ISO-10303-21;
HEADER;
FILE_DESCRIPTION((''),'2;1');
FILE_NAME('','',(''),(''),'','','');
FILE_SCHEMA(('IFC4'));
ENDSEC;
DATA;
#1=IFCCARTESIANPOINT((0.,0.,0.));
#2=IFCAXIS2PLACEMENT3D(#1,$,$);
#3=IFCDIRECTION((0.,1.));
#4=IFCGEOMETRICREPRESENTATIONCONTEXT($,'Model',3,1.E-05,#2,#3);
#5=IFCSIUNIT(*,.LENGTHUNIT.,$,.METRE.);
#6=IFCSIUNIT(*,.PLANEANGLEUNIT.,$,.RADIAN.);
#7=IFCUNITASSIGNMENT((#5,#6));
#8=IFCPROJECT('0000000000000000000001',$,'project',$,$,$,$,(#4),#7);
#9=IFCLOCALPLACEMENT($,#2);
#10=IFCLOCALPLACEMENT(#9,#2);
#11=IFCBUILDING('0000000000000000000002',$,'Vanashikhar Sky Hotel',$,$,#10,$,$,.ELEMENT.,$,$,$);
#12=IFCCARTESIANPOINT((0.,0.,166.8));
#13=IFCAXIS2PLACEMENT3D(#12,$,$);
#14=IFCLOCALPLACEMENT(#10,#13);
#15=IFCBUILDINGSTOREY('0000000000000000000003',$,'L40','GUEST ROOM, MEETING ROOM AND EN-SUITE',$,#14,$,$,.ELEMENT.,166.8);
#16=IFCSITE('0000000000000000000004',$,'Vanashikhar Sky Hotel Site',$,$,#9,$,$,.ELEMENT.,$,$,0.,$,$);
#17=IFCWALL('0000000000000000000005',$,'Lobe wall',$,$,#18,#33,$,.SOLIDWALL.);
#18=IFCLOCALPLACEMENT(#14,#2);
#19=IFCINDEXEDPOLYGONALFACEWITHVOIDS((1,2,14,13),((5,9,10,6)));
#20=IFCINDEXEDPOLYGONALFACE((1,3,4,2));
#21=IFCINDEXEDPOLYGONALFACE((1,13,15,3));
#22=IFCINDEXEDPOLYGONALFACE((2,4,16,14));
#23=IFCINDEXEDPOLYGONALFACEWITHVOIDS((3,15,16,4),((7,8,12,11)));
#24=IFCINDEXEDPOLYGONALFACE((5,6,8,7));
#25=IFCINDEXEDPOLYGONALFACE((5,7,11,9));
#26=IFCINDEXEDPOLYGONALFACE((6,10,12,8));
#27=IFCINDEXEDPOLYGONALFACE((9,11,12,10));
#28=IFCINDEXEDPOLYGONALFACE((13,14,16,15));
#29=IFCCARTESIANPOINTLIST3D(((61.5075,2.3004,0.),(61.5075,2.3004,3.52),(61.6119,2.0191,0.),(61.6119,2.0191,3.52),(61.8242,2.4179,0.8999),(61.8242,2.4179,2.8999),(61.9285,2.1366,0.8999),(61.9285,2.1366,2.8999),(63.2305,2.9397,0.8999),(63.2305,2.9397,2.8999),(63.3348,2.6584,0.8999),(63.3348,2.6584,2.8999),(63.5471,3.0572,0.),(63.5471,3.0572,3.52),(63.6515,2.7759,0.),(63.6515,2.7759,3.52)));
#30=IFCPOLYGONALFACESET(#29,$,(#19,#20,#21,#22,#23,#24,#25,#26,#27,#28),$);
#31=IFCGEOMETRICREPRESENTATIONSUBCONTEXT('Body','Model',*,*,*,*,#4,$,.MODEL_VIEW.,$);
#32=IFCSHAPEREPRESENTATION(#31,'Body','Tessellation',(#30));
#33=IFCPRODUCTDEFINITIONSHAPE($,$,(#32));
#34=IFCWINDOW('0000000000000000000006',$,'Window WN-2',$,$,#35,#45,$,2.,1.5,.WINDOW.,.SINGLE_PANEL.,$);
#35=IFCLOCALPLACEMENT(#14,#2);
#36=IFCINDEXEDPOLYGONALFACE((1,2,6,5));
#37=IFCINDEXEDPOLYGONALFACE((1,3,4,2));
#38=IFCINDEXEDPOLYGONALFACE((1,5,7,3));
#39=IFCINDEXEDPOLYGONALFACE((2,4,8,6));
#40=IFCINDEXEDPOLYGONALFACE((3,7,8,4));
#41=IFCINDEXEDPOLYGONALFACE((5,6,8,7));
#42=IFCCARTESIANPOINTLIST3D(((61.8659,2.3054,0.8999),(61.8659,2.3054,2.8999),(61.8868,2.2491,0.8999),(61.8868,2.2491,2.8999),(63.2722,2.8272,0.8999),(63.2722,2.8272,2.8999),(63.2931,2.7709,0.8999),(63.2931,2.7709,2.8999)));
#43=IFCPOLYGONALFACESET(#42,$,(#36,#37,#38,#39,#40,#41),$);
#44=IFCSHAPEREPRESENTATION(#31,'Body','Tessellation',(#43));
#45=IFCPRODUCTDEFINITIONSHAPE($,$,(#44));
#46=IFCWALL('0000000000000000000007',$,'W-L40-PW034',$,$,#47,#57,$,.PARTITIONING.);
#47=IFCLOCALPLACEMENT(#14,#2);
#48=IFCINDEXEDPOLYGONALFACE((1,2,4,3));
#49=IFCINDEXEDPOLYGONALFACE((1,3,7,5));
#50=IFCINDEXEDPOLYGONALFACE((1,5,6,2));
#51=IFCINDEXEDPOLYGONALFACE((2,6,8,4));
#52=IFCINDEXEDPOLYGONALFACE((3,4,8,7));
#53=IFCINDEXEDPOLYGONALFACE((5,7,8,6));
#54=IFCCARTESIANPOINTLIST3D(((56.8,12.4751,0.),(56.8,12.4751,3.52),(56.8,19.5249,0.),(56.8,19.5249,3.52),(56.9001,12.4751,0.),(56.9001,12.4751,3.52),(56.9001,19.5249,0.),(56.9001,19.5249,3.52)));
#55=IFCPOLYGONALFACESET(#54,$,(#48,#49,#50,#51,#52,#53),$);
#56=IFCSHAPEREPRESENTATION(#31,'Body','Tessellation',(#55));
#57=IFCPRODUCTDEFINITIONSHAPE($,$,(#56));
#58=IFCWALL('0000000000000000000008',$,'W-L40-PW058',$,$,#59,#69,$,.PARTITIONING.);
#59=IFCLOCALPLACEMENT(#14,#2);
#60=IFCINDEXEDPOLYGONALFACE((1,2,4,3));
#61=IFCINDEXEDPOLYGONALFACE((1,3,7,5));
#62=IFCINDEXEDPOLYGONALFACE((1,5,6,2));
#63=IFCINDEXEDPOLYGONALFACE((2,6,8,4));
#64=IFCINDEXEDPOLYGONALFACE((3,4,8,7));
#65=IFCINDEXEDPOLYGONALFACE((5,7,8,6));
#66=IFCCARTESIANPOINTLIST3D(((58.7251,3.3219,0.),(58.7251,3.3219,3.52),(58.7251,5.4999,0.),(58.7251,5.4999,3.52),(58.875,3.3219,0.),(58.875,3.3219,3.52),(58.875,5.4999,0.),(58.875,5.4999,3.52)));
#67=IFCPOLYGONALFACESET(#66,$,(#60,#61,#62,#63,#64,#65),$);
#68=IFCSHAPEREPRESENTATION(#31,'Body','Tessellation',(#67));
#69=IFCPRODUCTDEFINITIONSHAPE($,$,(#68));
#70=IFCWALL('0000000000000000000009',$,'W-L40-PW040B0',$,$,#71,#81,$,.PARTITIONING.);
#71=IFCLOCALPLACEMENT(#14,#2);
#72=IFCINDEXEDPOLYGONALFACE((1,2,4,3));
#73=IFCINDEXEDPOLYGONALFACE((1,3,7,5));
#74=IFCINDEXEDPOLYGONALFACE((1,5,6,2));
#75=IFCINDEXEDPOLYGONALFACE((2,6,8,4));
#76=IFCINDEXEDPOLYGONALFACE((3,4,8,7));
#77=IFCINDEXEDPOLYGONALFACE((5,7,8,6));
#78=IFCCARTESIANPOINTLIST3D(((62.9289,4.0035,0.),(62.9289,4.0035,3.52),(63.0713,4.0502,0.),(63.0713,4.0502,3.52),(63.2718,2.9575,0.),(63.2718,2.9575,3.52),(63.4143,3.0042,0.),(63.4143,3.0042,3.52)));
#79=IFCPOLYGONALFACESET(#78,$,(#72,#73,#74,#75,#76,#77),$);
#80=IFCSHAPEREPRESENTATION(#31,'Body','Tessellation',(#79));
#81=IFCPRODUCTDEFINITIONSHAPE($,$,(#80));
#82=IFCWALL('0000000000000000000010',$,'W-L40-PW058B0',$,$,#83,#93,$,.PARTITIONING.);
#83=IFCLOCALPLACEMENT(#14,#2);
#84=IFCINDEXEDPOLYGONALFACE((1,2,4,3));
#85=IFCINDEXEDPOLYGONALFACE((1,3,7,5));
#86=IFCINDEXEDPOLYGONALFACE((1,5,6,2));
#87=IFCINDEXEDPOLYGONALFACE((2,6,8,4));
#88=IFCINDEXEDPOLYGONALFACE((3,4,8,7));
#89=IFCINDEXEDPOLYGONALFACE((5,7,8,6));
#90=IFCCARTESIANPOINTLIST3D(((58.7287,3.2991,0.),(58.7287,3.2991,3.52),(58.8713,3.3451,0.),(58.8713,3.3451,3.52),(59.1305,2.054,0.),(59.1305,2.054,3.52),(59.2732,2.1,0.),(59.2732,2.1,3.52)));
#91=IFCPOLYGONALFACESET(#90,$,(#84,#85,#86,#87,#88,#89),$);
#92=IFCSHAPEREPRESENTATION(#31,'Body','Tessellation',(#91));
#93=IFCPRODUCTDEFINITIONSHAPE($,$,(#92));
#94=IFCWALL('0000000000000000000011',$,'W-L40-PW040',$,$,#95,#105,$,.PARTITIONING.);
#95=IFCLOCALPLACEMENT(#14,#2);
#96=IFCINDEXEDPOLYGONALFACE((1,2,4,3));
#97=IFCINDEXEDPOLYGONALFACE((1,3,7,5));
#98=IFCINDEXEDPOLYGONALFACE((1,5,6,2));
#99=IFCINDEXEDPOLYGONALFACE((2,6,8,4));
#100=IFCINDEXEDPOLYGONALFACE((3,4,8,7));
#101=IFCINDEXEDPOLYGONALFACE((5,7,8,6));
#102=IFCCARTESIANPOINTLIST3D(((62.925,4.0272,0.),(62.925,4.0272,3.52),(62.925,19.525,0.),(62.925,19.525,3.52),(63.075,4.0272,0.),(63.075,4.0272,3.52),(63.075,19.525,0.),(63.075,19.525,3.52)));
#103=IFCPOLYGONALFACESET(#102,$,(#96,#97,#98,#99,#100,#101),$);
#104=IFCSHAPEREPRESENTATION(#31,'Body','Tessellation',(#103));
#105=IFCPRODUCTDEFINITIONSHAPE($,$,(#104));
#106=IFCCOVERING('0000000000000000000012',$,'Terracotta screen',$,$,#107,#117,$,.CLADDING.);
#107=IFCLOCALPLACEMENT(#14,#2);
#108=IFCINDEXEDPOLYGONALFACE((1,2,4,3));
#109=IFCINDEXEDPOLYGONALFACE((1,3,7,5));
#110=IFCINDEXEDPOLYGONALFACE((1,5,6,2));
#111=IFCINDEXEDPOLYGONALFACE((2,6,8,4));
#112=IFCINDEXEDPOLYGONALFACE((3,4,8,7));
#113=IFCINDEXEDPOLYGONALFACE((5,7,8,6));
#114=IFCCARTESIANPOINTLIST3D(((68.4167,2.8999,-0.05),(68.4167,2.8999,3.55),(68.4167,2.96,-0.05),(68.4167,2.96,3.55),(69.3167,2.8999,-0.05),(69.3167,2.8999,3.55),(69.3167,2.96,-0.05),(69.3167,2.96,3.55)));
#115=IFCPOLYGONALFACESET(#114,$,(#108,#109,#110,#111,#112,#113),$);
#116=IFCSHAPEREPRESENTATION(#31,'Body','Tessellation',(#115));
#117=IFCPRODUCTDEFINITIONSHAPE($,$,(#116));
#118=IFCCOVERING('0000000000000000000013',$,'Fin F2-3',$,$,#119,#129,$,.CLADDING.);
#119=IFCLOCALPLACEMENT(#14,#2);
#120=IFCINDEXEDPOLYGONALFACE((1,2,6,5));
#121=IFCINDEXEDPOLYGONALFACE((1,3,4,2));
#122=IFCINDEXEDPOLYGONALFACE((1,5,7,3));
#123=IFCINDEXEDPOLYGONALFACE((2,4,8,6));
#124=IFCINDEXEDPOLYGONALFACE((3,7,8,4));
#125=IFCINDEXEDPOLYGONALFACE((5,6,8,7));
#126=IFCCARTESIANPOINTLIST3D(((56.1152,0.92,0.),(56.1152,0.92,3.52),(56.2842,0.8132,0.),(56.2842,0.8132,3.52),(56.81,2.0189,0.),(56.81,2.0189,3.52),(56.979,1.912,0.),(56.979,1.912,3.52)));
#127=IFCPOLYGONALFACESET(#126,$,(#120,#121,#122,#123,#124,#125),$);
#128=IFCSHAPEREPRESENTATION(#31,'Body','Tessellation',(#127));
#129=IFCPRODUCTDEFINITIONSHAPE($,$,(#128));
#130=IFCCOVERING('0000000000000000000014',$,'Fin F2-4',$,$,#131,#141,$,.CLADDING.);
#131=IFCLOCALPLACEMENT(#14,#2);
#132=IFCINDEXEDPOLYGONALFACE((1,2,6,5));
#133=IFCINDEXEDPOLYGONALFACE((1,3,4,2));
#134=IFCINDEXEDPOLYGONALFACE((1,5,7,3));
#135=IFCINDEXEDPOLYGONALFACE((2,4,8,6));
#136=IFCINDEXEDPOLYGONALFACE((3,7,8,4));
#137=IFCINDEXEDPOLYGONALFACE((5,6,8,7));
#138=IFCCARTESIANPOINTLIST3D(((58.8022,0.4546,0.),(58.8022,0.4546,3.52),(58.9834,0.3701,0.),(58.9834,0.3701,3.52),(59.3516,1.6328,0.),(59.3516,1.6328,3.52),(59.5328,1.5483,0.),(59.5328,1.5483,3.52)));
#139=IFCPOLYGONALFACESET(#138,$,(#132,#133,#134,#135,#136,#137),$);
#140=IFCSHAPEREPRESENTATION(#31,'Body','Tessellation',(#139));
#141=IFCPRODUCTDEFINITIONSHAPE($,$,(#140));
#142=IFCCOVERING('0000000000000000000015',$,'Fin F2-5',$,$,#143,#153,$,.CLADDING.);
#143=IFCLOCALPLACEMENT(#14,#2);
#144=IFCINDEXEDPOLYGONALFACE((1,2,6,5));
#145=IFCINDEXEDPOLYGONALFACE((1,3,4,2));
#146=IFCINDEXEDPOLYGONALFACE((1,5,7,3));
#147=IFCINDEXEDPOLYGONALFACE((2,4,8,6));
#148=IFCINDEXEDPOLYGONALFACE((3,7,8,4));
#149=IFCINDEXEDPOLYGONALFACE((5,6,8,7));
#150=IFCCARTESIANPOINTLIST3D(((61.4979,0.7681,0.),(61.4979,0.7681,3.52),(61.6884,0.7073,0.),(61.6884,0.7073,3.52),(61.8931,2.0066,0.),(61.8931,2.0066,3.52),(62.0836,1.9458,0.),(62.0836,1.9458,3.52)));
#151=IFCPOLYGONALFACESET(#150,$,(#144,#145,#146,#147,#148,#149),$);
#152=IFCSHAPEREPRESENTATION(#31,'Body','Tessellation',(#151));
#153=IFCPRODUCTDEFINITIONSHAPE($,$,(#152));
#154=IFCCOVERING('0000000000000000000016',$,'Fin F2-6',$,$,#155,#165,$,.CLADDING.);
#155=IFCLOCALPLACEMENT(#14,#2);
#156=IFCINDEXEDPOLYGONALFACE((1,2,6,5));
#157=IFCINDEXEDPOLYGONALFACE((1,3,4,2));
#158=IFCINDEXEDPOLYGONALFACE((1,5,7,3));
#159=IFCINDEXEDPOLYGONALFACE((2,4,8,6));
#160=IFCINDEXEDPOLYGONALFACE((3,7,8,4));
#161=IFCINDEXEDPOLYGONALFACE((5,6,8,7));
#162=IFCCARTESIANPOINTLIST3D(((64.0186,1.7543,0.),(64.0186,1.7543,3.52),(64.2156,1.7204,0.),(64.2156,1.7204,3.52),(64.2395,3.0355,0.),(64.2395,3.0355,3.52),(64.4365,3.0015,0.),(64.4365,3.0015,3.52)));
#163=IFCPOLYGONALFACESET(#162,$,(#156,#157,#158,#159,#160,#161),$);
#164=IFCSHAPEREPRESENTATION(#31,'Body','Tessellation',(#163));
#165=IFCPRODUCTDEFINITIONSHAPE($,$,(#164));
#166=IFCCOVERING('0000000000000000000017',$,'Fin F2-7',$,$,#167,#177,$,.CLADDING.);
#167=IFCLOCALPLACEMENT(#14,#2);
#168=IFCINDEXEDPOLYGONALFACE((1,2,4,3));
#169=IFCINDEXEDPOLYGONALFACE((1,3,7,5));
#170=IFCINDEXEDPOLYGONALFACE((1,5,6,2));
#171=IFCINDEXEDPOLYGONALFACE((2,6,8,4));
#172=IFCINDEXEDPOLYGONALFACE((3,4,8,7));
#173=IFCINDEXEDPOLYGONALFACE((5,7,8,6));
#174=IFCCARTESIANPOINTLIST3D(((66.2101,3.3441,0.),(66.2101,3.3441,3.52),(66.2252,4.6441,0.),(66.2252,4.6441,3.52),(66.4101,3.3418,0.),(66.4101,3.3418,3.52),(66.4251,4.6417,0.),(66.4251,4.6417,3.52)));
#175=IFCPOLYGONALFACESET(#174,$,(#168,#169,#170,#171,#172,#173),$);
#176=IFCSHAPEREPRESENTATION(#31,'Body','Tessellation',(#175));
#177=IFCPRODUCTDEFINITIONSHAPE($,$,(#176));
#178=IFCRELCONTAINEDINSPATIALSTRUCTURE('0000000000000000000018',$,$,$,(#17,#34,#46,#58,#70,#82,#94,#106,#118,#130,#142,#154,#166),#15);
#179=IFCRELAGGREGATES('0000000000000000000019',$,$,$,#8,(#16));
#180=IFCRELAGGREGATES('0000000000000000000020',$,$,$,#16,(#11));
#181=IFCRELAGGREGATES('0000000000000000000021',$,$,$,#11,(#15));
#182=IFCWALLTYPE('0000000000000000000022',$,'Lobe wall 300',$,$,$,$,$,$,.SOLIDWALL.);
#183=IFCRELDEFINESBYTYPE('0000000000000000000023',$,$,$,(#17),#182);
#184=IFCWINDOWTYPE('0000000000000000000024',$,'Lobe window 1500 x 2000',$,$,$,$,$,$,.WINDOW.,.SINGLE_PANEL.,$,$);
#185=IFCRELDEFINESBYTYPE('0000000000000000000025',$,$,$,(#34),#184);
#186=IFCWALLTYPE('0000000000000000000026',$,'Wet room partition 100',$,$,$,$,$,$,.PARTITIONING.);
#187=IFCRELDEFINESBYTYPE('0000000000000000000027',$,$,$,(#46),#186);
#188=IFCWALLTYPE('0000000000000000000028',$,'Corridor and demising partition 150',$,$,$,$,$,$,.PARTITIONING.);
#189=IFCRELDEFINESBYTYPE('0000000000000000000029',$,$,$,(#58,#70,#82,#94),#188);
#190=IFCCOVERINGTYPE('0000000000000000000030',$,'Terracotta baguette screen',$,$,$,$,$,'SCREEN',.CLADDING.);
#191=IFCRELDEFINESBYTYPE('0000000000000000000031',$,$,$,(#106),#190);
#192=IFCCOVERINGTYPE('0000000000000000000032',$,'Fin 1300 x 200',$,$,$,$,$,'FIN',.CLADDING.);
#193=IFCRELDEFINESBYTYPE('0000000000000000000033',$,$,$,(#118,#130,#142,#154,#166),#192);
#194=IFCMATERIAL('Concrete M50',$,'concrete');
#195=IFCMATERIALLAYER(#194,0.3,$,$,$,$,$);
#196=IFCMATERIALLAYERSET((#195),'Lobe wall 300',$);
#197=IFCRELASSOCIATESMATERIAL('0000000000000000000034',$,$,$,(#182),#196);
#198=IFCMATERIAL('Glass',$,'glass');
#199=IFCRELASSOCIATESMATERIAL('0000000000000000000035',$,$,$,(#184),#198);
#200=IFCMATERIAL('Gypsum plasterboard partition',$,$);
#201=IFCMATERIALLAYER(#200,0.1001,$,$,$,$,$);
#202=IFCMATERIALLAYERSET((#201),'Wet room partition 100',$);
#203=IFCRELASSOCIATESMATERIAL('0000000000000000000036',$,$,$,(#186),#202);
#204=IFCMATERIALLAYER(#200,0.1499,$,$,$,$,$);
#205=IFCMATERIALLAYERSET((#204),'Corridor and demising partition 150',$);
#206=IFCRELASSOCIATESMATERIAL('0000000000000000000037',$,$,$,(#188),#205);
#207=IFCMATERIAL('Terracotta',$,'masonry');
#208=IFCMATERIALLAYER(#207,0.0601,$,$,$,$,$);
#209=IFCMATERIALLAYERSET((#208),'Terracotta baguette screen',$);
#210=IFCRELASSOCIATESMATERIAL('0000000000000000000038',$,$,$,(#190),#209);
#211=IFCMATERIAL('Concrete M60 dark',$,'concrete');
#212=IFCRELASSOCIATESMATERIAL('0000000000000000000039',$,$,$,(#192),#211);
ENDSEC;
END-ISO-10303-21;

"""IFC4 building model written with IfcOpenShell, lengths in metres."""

from ifc_helpers import new_model, si_unit, direction, frame, frame_2d, origin, origin_2d, place, context, subcontext, project, spatial, rectangle, extrude, source, transform, mapped, material, layer, layer_set, material_profile, profile_set, type_object, element, fill, save


model = new_model("IFC4")

# Units and contexts
model_context = context("Model", 3, precision=1e-05, world=origin(), true_north=direction((0.0, 1.0)))
body_context = subcontext(model_context, "Body", "Model", "MODEL_VIEW")
ifc_project = project(units=[si_unit("LENGTHUNIT", "METRE"), si_unit("PLANEANGLEUNIT", "RADIAN")], contexts=[model_context])

# Site, building, storey
site_placement = place(None, origin())
site = spatial("IfcSite", under=ifc_project, at=site_placement, Name="Vanashikhar Sky Hotel Site", CompositionType="ELEMENT", RefElevation=0.0)
building_placement = place(site_placement, origin())
building = spatial("IfcBuilding", under=site, at=building_placement, Name="Vanashikhar Sky Hotel", CompositionType="ELEMENT")
storey_placement = place(building_placement, frame((0.0, 0.0, 166.8)))
storey = spatial("IfcBuildingStorey", under=building, at=storey_placement, Name="L40", Description="GUEST ROOM, MEETING ROOM AND EN-SUITE", CompositionType="ELEMENT", Elevation=166.8)

# Shared definitions
ifc_material_1 = material(Name="Concrete M50", Category="concrete")

# Wall, opening, window
ifc_layer_1 = layer(ifc_material_1, 0.3)
ifc_layer_set_1 = layer_set([ifc_layer_1], Name="Lobe wall 300")
wall_type_1 = type_object("IfcWallType", Name="Lobe wall 300", PredefinedType="SOLIDWALL", material=ifc_layer_set_1)
shared_shape_1 = source(origin(), body_context, "Body", "SweptSolid", [
    extrude(rectangle(XDim=1.5, YDim=2.0, at=frame_2d((0.75, 1.0))), frame((0.0, 0.1602, 0.0), z_axis=(0.0, -1.0, 0.0), x_axis=(1.0, 0.0, 0.0)), (0.0, 0.0, 1.0), 0.3201),
])
ifc_material_2 = material(Name="Glass", Category="glass")
window_type_1 = type_object("IfcWindowType", Name="Lobe window 1500 x 2000", PartitioningType="SINGLE_PANEL", PredefinedType="WINDOW", material=ifc_material_2)
shared_shape_2 = source(origin(), body_context, "Body", "SweptSolid", [
    extrude(rectangle(XDim=1.5, YDim=2.0, at=frame_2d((0.75, 1.0))), frame((0.0, 0.03, 0.0), z_axis=(0.0, -1.0, 0.0), x_axis=(1.0, 0.0, 0.0)), (0.0, 0.0, 1.0), 0.0601),
])
shared_shape_3 = source(origin(), body_context, "Body", "SweptSolid", [
    extrude(rectangle(XDim=2.1755, YDim=0.3, at=frame_2d((1.0879, 0.0))), origin(), (0.0, 0.0, 1.0), 3.52),
])
wall_1_placement = place(storey_placement, frame((61.5596, 2.1597, 0.0), z_axis=(0.0, 0.0, 1.0), x_axis=(0.937532, 0.347899, 0.0)))
wall_1 = element("IfcWall", 1, at=wall_1_placement, inside=storey, type_object=wall_type_1, Name="Lobe wall", PredefinedType="SOLIDWALL", context=body_context, shape_type="MappedRepresentation", body=[
    mapped(shared_shape_3, transform((0.0, 0.0, 0.0), scale=1.0)),
])
opening_1_placement = place(wall_1_placement, frame((0.3379, 0.0, 0.8999)))
opening_1 = element("IfcOpeningElement", 2, at=opening_1_placement, cuts=wall_1, PredefinedType="OPENING", context=body_context, shape_type="MappedRepresentation", body=[
    mapped(shared_shape_1, transform((0.0, 0.0, 0.0), scale=1.0)),
])
window_1_placement = place(opening_1_placement, origin())
window_1 = element("IfcWindow", 3, at=window_1_placement, inside=storey, type_object=window_type_1, Name="Window WN-2", OverallHeight=2.0, OverallWidth=1.5, PartitioningType="SINGLE_PANEL", PredefinedType="WINDOW", context=body_context, shape_type="MappedRepresentation", body=[
    mapped(shared_shape_2, transform((0.0, 0.0, 0.0), scale=1.0)),
])
fill(opening_1, window_1)

# Walls
ifc_material_3 = material(Name="Gypsum plasterboard partition")
ifc_layer_2 = layer(ifc_material_3, 0.1001)
ifc_layer_set_2 = layer_set([ifc_layer_2], Name="Wet room partition 100")
wall_type_2 = type_object("IfcWallType", Name="Wet room partition 100", PredefinedType="PARTITIONING", material=ifc_layer_set_2)
shared_shape_4 = source(origin(), body_context, "Body", "SweptSolid", [
    extrude(rectangle(XDim=7.0498, YDim=0.1001, at=frame_2d((3.5249, 0.0))), origin(), (0.0, 0.0, 1.0), 3.52),
])
wall_2_placement = place(storey_placement, frame((56.8501, 12.4751, 0.0), z_axis=(0.0, 0.0, 1.0), x_axis=(0.0, 1.0, 0.0)))
element("IfcWall", 4, at=wall_2_placement, inside=storey, type_object=wall_type_2, Name="W-L40-PW034", PredefinedType="PARTITIONING", context=body_context, shape_type="MappedRepresentation", body=[
    mapped(shared_shape_4, transform((0.0, 0.0, 0.0), scale=1.0)),
])
ifc_layer_3 = layer(ifc_material_3, 0.1499)
ifc_layer_set_3 = layer_set([ifc_layer_3], Name="Corridor and demising partition 150")
wall_type_3 = type_object("IfcWallType", Name="Corridor and demising partition 150", PredefinedType="PARTITIONING", material=ifc_layer_set_3)
shared_shape_5 = source(origin(), body_context, "Body", "SweptSolid", [
    extrude(rectangle(XDim=2.178, YDim=0.1499, at=frame_2d((1.0889, 0.0))), origin(), (0.0, 0.0, 1.0), 3.52),
])
wall_3_placement = place(storey_placement, frame((58.8, 3.322, 0.0), z_axis=(0.0, 0.0, 1.0), x_axis=(0.0, 1.0, 0.0)))
element("IfcWall", 5, at=wall_3_placement, inside=storey, type_object=wall_type_3, Name="W-L40-PW058", PredefinedType="PARTITIONING", context=body_context, shape_type="MappedRepresentation", body=[
    mapped(shared_shape_5, transform((0.0, 0.0, 0.0), scale=1.0)),
])
shared_shape_6 = source(origin(), body_context, "Body", "SweptSolid", [
    extrude(rectangle(XDim=1.1008, YDim=0.1499, at=frame_2d((0.5503, 0.0))), origin(), (0.0, 0.0, 1.0), 3.52),
])
wall_4_placement = place(storey_placement, frame((63.343, 2.981, 0.0), z_axis=(0.0, 0.0, 1.0), x_axis=(-0.311567, 0.950224, 0.0)))
element("IfcWall", 6, at=wall_4_placement, inside=storey, type_object=wall_type_3, Name="W-L40-PW040B0", PredefinedType="PARTITIONING", context=body_context, shape_type="MappedRepresentation", body=[
    mapped(shared_shape_6, transform((0.0, 0.0, 0.0), scale=1.0)),
])
shared_shape_7 = source(origin(), body_context, "Body", "SweptSolid", [
    extrude(rectangle(XDim=1.3083, YDim=0.1499, at=frame_2d((0.6543, 0.0))), origin(), (0.0, 0.0, 1.0), 3.52),
])
wall_5_placement = place(storey_placement, frame((59.2019, 2.0769, 0.0), z_axis=(0.0, 0.0, 1.0), x_axis=(-0.307145, 0.951663, 0.0)))
element("IfcWall", 7, at=wall_5_placement, inside=storey, type_object=wall_type_3, Name="W-L40-PW058B0", PredefinedType="PARTITIONING", context=body_context, shape_type="MappedRepresentation", body=[
    mapped(shared_shape_7, transform((0.0, 0.0, 0.0), scale=1.0)),
])
shared_shape_8 = source(origin(), body_context, "Body", "SweptSolid", [
    extrude(rectangle(XDim=15.4978, YDim=0.1499, at=frame_2d((7.749, 0.0))), origin(), (0.0, 0.0, 1.0), 3.52),
])
wall_6_placement = place(storey_placement, frame((63.0, 4.0271, 0.0), z_axis=(0.0, 0.0, 1.0), x_axis=(0.0, 1.0, 0.0)))
element("IfcWall", 8, at=wall_6_placement, inside=storey, type_object=wall_type_3, Name="W-L40-PW040", PredefinedType="PARTITIONING", context=body_context, shape_type="MappedRepresentation", body=[
    mapped(shared_shape_8, transform((0.0, 0.0, 0.0), scale=1.0)),
])

# Coverings
ifc_material_4 = material(Name="Terracotta", Category="masonry")
ifc_layer_4 = layer(ifc_material_4, 0.0601)
ifc_layer_set_4 = layer_set([ifc_layer_4], Name="Terracotta baguette screen")
covering_type_1 = type_object("IfcCoveringType", Name="Terracotta baguette screen", ElementType="SCREEN", PredefinedType="CLADDING", material=ifc_layer_set_4)
shared_shape_9 = source(origin(), body_context, "Body", "SweptSolid", [
    extrude(rectangle(XDim=0.8999, YDim=0.0601, at=origin_2d()), origin(), (0.0, 0.0, 1.0), 3.6001),
])
covering_placement = place(storey_placement, frame((68.8667, 2.9299, -0.05), z_axis=(0.0, 0.0, 1.0), x_axis=(1.0, 0.0, 0.0)))
element("IfcCovering", 9, at=covering_placement, inside=storey, type_object=covering_type_1, Name="Terracotta screen", PredefinedType="CLADDING", context=body_context, shape_type="MappedRepresentation", body=[
    mapped(shared_shape_9, transform((0.0, 0.0, 0.0), scale=1.0)),
])
ifc_material_5 = material(Name="Concrete M60 dark", Category="concrete")
ifc_material_profile_1 = material_profile(ifc_material_5, rectangle(XDim=1.3, YDim=0.2, at=origin_2d()))
ifc_profile_set_1 = profile_set([ifc_material_profile_1], Name="Fin 1300 x 200")
covering_type_2 = type_object("IfcCoveringType", Name="Fin 1300 x 200", ElementType="FIN", PredefinedType="CLADDING", material=ifc_profile_set_1)
shared_shape_10 = source(origin(), body_context, "Body", "SweptSolid", [
    extrude(rectangle(XDim=1.3, YDim=0.2, at=origin_2d()), origin(), (0.0, 0.0, 1.0), 3.52),
])
for number, where, z_axis, x_axis, name in (
    (10, (56.5471, 1.416, 0.0), (0.0, 0.0, 1.0), (-0.534411, -0.845225, 0.0), "Fin F2-3"),
    (11, (59.1675, 1.0015, 0.0), (0.0, 0.0, 1.0), (-0.422618, -0.906308, 0.0), "Fin F2-4"),
    (12, (61.7908, 1.3569, 0.0), (0.0, 0.0, 1.0), (-0.303967, -0.952683, 0.0), "Fin F2-5"),
    (13, (64.2275, 2.3779, 0.0), (0.0, 0.0, 1.0), (-0.1699, -0.985461, 0.0), "Fin F2-6"),
    (14, (66.3176, 3.9929, 0.0), (0.0, 0.0, 1.0), (-0.011589, -0.999933, 0.0), "Fin F2-7"),
):
    element("IfcCovering", number, at=place(storey_placement, frame(where, z_axis=z_axis, x_axis=x_axis)), inside=storey, type_object=covering_type_2, Name=name, PredefinedType="CLADDING", context=body_context, shape_type="MappedRepresentation", body=[
        mapped(shared_shape_10, transform((0.0, 0.0, 0.0), scale=1.0)),
    ])

save(model, "model.ifc")
